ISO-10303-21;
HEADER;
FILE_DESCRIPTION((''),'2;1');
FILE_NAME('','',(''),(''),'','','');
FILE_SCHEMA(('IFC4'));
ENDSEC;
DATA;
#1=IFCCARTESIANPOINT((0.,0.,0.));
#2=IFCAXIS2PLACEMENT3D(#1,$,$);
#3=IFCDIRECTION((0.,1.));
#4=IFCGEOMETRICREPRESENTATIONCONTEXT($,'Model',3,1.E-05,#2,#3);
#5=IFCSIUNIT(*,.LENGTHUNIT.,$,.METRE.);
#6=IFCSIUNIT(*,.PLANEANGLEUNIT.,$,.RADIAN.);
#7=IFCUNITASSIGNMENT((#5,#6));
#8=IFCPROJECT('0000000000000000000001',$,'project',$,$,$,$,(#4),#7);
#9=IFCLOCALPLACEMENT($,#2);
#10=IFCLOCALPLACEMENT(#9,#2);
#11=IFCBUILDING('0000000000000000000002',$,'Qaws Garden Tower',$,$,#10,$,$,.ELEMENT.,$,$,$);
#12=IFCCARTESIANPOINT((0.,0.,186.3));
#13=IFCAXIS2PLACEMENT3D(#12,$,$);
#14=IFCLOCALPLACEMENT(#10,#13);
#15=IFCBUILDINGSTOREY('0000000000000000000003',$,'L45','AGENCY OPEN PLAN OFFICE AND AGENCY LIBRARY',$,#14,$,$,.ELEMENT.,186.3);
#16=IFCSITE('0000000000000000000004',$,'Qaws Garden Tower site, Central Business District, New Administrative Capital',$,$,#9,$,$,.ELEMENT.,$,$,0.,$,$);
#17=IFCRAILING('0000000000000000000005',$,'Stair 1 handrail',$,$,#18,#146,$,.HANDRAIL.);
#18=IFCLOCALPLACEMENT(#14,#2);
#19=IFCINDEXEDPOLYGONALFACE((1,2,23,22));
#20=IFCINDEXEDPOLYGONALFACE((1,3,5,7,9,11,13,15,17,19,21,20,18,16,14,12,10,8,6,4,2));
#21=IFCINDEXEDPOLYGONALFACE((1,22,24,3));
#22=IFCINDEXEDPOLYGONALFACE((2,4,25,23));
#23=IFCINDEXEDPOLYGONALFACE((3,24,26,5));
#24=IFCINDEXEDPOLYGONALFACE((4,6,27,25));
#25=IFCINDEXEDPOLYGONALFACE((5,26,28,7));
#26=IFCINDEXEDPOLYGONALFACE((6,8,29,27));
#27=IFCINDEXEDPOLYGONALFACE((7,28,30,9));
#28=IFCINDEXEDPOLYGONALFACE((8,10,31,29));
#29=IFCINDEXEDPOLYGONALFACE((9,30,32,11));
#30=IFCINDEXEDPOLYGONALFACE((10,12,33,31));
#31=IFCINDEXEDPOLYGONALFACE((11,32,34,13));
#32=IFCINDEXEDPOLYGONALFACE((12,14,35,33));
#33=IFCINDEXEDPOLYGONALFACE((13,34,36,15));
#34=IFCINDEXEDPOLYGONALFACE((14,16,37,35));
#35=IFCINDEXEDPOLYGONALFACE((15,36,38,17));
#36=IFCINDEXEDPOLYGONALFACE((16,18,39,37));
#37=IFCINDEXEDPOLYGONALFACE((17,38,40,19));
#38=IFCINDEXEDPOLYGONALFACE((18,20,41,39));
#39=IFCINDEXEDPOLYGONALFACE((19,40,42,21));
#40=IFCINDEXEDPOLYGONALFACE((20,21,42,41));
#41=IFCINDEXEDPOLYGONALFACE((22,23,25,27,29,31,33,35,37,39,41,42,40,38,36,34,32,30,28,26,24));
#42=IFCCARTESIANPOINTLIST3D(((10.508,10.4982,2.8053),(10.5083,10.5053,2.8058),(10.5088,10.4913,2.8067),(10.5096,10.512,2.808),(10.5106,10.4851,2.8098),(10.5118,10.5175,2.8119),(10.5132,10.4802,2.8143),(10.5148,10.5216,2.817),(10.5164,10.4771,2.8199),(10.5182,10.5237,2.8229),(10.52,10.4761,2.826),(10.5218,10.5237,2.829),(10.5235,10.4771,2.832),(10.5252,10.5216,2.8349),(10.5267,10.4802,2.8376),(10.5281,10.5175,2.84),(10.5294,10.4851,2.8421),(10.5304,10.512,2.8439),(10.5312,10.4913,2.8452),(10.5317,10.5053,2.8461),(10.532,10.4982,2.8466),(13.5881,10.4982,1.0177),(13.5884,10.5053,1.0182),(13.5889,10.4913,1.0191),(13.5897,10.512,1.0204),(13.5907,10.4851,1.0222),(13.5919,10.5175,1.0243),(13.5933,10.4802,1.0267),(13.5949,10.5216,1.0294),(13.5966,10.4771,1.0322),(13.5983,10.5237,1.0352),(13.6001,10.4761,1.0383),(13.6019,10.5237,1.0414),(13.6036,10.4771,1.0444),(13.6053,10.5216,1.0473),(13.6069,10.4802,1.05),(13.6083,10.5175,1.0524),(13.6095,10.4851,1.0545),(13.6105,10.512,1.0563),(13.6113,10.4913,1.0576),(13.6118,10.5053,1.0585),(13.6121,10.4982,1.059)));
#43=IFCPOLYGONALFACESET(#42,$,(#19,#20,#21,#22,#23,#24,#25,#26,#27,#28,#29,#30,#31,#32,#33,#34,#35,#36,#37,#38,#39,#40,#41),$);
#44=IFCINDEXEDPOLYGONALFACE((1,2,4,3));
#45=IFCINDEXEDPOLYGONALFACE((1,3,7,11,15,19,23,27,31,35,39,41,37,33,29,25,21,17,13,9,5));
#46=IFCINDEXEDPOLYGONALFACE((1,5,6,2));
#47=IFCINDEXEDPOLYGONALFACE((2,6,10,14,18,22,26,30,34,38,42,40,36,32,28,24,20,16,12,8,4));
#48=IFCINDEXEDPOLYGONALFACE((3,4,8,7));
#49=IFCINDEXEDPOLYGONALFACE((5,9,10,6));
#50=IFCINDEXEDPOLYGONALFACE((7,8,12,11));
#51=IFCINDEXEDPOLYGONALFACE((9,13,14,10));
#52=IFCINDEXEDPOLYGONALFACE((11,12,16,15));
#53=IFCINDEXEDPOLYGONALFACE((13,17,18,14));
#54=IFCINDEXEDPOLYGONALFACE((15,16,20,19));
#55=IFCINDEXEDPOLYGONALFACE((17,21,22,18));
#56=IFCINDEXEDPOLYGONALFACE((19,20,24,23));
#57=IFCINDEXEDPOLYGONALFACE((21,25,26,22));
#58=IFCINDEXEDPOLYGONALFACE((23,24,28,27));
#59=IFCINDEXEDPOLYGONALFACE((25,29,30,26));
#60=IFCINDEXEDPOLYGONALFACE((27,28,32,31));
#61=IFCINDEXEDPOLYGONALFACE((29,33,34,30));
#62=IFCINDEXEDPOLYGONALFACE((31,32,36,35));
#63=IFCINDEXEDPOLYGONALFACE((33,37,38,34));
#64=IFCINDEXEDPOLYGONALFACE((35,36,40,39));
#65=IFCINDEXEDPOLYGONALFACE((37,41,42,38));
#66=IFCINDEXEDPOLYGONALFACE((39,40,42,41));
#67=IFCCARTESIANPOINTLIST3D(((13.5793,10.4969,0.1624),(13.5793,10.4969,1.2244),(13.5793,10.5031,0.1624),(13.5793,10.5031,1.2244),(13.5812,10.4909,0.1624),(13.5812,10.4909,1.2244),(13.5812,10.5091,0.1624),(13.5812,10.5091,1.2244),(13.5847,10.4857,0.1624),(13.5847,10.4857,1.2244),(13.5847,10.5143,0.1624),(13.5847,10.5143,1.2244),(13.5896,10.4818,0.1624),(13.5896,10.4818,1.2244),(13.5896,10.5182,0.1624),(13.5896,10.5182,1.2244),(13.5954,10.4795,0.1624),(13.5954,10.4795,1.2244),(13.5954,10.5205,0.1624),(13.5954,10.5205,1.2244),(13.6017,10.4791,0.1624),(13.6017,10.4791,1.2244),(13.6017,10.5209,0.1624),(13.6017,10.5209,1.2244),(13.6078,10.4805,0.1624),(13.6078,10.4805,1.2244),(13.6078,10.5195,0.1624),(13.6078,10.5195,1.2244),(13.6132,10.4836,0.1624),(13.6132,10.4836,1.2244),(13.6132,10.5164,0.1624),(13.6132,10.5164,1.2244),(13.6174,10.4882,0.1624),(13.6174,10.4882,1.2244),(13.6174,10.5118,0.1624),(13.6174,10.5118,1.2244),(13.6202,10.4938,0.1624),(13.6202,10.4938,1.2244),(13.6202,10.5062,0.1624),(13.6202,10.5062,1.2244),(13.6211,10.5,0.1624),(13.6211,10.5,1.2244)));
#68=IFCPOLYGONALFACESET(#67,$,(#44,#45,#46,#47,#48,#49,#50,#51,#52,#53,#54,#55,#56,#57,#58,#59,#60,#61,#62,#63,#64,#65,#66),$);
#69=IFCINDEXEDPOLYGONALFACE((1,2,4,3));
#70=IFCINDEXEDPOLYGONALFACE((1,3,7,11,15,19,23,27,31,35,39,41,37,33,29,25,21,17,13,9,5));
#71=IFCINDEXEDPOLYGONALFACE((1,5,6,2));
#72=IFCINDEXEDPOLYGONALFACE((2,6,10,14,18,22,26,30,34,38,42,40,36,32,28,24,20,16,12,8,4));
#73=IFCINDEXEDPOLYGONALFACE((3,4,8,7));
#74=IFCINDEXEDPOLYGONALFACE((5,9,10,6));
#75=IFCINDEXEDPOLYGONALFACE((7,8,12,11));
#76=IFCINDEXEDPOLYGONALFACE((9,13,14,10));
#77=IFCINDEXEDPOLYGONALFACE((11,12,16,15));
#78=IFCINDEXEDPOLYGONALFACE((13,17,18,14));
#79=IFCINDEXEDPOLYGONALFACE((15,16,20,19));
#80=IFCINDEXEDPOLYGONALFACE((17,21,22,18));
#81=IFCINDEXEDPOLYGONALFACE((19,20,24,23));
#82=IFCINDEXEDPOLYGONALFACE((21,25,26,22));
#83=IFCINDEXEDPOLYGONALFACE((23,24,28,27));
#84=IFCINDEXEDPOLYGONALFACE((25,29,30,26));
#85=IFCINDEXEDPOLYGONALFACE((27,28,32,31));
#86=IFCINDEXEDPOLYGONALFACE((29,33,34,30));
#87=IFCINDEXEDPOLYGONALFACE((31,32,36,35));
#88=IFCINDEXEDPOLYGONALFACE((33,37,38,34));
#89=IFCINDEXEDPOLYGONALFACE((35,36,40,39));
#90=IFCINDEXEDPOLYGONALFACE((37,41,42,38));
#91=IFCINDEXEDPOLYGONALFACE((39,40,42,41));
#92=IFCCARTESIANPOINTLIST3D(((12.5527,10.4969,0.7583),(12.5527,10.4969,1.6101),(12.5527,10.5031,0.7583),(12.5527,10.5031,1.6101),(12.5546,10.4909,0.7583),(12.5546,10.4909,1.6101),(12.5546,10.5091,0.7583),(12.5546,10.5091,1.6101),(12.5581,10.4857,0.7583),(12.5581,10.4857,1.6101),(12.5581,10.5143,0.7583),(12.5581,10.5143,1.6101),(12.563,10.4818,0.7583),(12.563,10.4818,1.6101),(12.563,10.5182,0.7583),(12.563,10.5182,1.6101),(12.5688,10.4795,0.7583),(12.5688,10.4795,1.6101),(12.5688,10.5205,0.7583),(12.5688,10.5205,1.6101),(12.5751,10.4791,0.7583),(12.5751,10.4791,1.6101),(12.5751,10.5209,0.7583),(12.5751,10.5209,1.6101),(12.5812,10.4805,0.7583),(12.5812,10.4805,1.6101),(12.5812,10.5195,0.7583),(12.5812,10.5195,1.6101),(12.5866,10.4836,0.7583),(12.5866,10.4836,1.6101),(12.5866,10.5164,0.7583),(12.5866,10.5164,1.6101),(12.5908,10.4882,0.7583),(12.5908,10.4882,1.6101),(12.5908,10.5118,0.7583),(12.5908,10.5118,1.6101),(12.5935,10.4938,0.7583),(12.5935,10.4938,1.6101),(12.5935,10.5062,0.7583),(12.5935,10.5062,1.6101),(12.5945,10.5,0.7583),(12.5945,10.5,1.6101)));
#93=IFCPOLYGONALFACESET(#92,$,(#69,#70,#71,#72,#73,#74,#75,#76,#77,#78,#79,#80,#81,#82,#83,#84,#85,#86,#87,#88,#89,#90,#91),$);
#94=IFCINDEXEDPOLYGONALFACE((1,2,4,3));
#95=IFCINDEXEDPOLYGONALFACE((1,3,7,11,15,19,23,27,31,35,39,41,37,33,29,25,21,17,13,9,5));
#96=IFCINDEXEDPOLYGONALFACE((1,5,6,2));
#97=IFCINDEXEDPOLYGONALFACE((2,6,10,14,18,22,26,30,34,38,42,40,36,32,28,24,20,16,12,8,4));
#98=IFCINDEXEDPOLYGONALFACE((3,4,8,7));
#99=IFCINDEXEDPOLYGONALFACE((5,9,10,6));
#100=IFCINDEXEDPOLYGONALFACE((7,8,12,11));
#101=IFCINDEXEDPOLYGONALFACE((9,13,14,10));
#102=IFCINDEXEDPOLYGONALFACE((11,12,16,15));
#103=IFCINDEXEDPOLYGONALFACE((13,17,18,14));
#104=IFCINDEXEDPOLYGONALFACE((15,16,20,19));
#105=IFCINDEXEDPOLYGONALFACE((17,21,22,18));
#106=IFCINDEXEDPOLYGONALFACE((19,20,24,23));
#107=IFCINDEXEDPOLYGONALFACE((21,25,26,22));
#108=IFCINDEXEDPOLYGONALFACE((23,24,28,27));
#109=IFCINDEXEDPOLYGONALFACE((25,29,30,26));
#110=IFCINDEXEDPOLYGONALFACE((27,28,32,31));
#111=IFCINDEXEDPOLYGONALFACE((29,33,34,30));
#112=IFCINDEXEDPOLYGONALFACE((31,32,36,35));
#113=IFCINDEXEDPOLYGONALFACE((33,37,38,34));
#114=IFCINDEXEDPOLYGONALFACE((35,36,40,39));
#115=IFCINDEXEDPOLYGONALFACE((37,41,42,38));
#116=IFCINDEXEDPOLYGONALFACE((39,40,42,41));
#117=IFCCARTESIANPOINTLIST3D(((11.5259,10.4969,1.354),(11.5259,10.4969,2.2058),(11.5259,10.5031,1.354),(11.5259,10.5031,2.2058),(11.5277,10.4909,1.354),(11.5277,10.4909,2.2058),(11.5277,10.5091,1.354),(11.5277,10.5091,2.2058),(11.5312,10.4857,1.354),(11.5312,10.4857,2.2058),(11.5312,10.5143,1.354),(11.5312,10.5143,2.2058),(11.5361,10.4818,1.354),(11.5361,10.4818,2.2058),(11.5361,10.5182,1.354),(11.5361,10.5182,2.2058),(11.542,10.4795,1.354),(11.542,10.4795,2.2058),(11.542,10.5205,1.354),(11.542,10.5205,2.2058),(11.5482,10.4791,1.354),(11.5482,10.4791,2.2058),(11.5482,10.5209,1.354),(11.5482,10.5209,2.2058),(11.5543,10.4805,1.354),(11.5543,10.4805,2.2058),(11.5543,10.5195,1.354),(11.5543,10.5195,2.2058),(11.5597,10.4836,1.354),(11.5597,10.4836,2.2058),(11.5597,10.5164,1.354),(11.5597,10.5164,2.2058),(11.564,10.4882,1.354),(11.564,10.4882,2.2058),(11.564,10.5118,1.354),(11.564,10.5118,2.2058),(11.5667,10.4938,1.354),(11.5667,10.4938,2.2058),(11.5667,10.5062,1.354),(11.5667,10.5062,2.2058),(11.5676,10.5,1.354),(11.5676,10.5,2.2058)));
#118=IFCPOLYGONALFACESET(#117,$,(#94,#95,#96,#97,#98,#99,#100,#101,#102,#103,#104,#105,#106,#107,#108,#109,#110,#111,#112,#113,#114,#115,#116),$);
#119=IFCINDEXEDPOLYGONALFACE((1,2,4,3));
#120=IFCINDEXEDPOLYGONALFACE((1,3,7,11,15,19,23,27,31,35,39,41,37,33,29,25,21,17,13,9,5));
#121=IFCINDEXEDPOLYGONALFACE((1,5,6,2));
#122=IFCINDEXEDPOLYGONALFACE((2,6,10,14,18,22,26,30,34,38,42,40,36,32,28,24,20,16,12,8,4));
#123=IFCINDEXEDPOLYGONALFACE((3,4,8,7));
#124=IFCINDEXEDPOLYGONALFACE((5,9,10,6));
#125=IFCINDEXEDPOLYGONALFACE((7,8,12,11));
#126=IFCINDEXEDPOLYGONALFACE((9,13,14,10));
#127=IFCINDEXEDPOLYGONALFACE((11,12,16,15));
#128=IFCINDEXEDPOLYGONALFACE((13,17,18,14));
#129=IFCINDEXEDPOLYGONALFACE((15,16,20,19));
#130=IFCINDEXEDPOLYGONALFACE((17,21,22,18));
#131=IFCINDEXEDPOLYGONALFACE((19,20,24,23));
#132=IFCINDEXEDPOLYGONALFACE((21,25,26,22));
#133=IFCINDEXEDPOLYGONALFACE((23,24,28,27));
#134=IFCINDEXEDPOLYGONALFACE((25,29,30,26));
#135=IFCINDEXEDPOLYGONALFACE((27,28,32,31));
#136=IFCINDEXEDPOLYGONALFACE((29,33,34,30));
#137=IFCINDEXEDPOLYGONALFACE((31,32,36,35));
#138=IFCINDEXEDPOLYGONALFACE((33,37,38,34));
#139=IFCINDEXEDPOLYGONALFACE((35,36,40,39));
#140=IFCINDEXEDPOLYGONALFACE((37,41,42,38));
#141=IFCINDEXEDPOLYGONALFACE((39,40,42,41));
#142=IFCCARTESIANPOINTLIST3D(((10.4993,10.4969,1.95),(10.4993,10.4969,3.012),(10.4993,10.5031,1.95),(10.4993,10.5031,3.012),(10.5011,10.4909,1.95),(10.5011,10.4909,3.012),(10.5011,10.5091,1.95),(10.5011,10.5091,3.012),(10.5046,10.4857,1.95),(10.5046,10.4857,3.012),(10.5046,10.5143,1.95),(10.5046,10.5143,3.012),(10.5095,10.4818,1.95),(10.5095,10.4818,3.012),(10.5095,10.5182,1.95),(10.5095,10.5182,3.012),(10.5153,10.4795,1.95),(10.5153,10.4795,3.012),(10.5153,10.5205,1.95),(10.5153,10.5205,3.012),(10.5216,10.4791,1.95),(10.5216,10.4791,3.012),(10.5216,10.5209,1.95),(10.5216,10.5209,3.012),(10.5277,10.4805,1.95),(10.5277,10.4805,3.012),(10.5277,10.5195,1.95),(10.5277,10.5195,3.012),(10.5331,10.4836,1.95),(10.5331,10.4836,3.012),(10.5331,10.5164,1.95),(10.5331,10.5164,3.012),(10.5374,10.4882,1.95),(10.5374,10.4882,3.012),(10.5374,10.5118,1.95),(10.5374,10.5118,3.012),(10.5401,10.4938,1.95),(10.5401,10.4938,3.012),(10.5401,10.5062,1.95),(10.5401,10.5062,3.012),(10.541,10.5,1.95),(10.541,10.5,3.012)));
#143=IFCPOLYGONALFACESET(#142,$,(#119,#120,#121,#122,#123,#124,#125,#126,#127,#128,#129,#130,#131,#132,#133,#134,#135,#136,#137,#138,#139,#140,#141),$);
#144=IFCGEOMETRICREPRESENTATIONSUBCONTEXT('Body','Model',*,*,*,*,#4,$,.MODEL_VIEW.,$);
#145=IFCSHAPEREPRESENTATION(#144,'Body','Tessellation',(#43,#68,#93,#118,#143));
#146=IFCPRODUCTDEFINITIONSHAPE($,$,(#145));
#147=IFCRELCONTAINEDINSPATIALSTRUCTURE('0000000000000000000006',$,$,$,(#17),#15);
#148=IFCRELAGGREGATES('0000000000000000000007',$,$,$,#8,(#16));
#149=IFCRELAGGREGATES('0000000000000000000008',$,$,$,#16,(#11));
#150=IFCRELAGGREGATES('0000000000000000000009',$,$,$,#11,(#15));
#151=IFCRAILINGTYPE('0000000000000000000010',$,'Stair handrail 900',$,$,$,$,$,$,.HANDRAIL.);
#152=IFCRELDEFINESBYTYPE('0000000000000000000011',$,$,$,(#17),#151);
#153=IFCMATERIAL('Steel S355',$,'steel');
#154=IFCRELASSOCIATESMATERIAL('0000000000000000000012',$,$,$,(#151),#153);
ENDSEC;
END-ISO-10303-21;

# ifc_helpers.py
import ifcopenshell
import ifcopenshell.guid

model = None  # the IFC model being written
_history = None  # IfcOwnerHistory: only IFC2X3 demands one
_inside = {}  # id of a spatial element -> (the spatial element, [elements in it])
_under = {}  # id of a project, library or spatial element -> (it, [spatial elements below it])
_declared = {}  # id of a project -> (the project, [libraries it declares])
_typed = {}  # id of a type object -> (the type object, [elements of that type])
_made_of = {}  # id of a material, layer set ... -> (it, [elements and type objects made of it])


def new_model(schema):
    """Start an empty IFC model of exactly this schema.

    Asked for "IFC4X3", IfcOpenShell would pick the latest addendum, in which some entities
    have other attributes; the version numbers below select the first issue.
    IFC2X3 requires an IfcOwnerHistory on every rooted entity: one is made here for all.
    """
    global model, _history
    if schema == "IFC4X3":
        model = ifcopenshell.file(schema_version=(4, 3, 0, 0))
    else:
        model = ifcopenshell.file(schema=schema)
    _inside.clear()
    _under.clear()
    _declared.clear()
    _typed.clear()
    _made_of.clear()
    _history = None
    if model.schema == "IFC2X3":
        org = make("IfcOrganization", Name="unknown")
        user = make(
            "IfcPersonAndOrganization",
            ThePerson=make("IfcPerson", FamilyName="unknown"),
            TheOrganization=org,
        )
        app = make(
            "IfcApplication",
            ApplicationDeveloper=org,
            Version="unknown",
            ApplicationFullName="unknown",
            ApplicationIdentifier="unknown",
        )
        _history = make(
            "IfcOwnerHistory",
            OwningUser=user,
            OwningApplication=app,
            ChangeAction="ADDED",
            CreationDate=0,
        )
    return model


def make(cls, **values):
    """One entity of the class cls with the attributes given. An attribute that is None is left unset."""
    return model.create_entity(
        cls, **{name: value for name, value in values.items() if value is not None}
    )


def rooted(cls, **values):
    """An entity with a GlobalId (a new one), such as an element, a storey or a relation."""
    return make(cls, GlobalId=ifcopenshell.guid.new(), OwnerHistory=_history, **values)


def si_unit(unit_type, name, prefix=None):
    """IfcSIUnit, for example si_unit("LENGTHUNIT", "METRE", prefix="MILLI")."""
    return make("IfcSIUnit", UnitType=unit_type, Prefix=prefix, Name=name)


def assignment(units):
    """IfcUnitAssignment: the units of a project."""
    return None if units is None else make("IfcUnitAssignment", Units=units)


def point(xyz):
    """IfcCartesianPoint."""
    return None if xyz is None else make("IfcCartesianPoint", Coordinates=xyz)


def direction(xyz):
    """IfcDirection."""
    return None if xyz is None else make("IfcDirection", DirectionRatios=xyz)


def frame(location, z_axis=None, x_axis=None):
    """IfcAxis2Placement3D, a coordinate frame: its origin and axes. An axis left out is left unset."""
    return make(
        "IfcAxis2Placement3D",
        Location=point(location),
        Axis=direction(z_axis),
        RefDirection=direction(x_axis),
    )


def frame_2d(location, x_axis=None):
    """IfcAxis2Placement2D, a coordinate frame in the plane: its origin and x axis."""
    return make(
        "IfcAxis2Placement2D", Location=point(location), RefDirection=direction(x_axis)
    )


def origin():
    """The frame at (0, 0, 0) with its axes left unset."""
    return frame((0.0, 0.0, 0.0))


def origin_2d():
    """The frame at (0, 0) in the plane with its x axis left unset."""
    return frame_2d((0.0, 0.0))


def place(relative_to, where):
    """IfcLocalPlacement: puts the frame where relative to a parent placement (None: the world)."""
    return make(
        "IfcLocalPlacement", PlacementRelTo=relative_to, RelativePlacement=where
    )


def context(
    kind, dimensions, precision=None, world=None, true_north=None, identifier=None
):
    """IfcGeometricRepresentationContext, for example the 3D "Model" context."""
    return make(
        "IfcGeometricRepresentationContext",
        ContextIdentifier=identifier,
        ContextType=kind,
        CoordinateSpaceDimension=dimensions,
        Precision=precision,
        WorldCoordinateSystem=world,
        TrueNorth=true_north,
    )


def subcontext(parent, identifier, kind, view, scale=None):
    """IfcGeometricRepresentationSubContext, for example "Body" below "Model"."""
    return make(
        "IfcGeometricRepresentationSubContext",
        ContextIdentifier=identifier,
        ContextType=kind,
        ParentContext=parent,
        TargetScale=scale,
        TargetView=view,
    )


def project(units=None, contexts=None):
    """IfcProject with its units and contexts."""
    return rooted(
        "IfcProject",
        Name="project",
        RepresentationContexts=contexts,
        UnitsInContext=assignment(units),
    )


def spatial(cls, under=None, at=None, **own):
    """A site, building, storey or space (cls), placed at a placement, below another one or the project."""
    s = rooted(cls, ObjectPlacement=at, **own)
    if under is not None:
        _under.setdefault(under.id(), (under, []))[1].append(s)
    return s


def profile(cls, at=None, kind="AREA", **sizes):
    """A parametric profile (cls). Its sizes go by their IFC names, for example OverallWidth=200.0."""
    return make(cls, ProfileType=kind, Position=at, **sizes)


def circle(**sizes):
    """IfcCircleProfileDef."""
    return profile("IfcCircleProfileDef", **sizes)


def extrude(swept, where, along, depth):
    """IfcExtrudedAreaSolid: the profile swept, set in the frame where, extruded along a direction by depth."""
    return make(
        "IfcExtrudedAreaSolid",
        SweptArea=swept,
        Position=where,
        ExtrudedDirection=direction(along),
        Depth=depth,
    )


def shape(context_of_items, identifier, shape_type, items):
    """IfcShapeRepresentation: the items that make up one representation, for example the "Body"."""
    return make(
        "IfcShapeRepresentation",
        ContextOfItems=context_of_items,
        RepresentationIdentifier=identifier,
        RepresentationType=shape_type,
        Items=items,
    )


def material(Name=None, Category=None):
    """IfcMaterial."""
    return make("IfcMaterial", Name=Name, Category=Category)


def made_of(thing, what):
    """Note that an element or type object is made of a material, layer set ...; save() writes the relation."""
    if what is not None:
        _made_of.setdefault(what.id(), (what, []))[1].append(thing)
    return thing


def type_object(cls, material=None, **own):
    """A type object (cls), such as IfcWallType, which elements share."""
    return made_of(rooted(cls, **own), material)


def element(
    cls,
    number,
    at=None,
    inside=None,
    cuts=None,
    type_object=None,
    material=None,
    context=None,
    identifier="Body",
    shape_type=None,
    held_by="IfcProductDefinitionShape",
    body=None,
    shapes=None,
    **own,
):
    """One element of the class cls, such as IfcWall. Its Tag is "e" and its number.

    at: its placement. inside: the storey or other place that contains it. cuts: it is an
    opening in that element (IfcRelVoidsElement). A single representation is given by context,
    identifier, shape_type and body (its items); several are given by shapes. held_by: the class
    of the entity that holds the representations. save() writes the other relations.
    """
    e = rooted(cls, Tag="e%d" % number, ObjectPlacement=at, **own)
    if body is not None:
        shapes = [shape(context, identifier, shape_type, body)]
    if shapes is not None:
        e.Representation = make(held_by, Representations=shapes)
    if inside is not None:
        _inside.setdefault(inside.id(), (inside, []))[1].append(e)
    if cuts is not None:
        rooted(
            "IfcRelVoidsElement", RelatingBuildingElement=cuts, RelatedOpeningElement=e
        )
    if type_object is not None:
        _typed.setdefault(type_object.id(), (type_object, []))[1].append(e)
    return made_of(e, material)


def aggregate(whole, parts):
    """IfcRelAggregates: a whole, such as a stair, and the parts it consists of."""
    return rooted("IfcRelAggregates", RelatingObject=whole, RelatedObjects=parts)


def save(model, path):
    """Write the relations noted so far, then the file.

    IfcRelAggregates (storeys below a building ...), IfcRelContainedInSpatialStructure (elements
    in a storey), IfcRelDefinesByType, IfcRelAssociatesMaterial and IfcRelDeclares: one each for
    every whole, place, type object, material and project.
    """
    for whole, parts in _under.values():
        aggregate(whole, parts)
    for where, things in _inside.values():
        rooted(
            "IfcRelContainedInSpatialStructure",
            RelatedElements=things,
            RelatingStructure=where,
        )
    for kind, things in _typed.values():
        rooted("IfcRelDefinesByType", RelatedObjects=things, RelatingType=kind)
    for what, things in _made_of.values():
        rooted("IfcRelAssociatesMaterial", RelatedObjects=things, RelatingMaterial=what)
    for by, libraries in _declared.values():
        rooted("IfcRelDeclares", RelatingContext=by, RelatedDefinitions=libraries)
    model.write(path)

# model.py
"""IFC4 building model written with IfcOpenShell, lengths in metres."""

from ifc_helpers import new_model, si_unit, direction, frame, origin, origin_2d, place, context, subcontext, project, spatial, circle, extrude, material, type_object, element, save


model = new_model("IFC4")

# Units and contexts
model_context = context("Model", 3, precision=1e-05, world=origin(), true_north=direction((0.0, 1.0)))
body_context = subcontext(model_context, "Body", "Model", "MODEL_VIEW")
ifc_project = project(units=[si_unit("LENGTHUNIT", "METRE"), si_unit("PLANEANGLEUNIT", "RADIAN")], contexts=[model_context])

# Site, building, storey
site_placement = place(None, origin())
site = spatial("IfcSite", under=ifc_project, at=site_placement, Name="Qaws Garden Tower site, Central Business District, New Administrative Capital", CompositionType="ELEMENT", RefElevation=0.0)
building_placement = place(site_placement, origin())
building = spatial("IfcBuilding", under=site, at=building_placement, Name="Qaws Garden Tower", CompositionType="ELEMENT")
storey_placement = place(building_placement, frame((0.0, 0.0, 186.3)))
storey = spatial("IfcBuildingStorey", under=building, at=storey_placement, Name="L45", Description="AGENCY OPEN PLAN OFFICE AND AGENCY LIBRARY", CompositionType="ELEMENT", Elevation=186.3)

# Railing
ifc_material_1 = material(Name="Steel S355", Category="steel")
railing_type = type_object("IfcRailingType", Name="Stair handrail 900", PredefinedType="HANDRAIL", material=ifc_material_1)
railing_1_placement = place(storey_placement, frame((13.6001, 10.5, 0.1624)))
element("IfcRailing", 1, at=railing_1_placement, inside=storey, type_object=railing_type, Name="Stair 1 handrail", PredefinedType="HANDRAIL", context=body_context, shape_type="SweptSolid", body=[
    extrude(circle(Radius=0.0239, at=origin_2d()), frame((0.0, 0.0, 0.876), z_axis=(-0.864891, 0.0, 0.50196), x_axis=(0.0, -1.0, 0.0)), (0.0, 0.0, 1.0), 3.5613),
    extrude(circle(Radius=0.021, at=origin_2d()), origin(), (0.0, 0.0, 1.0), 1.062),
    extrude(circle(Radius=0.021, at=origin_2d()), frame((-1.0266, 0.0, 0.5959)), (0.0, 0.0, 1.0), 0.8518),
    extrude(circle(Radius=0.021, at=origin_2d()), frame((-2.0535, 0.0, 1.1917)), (0.0, 0.0, 1.0), 0.8518),
    extrude(circle(Radius=0.021, at=origin_2d()), frame((-3.0801, 0.0, 1.7876)), (0.0, 0.0, 1.0), 1.062),
])

save(model, "model.ifc")
